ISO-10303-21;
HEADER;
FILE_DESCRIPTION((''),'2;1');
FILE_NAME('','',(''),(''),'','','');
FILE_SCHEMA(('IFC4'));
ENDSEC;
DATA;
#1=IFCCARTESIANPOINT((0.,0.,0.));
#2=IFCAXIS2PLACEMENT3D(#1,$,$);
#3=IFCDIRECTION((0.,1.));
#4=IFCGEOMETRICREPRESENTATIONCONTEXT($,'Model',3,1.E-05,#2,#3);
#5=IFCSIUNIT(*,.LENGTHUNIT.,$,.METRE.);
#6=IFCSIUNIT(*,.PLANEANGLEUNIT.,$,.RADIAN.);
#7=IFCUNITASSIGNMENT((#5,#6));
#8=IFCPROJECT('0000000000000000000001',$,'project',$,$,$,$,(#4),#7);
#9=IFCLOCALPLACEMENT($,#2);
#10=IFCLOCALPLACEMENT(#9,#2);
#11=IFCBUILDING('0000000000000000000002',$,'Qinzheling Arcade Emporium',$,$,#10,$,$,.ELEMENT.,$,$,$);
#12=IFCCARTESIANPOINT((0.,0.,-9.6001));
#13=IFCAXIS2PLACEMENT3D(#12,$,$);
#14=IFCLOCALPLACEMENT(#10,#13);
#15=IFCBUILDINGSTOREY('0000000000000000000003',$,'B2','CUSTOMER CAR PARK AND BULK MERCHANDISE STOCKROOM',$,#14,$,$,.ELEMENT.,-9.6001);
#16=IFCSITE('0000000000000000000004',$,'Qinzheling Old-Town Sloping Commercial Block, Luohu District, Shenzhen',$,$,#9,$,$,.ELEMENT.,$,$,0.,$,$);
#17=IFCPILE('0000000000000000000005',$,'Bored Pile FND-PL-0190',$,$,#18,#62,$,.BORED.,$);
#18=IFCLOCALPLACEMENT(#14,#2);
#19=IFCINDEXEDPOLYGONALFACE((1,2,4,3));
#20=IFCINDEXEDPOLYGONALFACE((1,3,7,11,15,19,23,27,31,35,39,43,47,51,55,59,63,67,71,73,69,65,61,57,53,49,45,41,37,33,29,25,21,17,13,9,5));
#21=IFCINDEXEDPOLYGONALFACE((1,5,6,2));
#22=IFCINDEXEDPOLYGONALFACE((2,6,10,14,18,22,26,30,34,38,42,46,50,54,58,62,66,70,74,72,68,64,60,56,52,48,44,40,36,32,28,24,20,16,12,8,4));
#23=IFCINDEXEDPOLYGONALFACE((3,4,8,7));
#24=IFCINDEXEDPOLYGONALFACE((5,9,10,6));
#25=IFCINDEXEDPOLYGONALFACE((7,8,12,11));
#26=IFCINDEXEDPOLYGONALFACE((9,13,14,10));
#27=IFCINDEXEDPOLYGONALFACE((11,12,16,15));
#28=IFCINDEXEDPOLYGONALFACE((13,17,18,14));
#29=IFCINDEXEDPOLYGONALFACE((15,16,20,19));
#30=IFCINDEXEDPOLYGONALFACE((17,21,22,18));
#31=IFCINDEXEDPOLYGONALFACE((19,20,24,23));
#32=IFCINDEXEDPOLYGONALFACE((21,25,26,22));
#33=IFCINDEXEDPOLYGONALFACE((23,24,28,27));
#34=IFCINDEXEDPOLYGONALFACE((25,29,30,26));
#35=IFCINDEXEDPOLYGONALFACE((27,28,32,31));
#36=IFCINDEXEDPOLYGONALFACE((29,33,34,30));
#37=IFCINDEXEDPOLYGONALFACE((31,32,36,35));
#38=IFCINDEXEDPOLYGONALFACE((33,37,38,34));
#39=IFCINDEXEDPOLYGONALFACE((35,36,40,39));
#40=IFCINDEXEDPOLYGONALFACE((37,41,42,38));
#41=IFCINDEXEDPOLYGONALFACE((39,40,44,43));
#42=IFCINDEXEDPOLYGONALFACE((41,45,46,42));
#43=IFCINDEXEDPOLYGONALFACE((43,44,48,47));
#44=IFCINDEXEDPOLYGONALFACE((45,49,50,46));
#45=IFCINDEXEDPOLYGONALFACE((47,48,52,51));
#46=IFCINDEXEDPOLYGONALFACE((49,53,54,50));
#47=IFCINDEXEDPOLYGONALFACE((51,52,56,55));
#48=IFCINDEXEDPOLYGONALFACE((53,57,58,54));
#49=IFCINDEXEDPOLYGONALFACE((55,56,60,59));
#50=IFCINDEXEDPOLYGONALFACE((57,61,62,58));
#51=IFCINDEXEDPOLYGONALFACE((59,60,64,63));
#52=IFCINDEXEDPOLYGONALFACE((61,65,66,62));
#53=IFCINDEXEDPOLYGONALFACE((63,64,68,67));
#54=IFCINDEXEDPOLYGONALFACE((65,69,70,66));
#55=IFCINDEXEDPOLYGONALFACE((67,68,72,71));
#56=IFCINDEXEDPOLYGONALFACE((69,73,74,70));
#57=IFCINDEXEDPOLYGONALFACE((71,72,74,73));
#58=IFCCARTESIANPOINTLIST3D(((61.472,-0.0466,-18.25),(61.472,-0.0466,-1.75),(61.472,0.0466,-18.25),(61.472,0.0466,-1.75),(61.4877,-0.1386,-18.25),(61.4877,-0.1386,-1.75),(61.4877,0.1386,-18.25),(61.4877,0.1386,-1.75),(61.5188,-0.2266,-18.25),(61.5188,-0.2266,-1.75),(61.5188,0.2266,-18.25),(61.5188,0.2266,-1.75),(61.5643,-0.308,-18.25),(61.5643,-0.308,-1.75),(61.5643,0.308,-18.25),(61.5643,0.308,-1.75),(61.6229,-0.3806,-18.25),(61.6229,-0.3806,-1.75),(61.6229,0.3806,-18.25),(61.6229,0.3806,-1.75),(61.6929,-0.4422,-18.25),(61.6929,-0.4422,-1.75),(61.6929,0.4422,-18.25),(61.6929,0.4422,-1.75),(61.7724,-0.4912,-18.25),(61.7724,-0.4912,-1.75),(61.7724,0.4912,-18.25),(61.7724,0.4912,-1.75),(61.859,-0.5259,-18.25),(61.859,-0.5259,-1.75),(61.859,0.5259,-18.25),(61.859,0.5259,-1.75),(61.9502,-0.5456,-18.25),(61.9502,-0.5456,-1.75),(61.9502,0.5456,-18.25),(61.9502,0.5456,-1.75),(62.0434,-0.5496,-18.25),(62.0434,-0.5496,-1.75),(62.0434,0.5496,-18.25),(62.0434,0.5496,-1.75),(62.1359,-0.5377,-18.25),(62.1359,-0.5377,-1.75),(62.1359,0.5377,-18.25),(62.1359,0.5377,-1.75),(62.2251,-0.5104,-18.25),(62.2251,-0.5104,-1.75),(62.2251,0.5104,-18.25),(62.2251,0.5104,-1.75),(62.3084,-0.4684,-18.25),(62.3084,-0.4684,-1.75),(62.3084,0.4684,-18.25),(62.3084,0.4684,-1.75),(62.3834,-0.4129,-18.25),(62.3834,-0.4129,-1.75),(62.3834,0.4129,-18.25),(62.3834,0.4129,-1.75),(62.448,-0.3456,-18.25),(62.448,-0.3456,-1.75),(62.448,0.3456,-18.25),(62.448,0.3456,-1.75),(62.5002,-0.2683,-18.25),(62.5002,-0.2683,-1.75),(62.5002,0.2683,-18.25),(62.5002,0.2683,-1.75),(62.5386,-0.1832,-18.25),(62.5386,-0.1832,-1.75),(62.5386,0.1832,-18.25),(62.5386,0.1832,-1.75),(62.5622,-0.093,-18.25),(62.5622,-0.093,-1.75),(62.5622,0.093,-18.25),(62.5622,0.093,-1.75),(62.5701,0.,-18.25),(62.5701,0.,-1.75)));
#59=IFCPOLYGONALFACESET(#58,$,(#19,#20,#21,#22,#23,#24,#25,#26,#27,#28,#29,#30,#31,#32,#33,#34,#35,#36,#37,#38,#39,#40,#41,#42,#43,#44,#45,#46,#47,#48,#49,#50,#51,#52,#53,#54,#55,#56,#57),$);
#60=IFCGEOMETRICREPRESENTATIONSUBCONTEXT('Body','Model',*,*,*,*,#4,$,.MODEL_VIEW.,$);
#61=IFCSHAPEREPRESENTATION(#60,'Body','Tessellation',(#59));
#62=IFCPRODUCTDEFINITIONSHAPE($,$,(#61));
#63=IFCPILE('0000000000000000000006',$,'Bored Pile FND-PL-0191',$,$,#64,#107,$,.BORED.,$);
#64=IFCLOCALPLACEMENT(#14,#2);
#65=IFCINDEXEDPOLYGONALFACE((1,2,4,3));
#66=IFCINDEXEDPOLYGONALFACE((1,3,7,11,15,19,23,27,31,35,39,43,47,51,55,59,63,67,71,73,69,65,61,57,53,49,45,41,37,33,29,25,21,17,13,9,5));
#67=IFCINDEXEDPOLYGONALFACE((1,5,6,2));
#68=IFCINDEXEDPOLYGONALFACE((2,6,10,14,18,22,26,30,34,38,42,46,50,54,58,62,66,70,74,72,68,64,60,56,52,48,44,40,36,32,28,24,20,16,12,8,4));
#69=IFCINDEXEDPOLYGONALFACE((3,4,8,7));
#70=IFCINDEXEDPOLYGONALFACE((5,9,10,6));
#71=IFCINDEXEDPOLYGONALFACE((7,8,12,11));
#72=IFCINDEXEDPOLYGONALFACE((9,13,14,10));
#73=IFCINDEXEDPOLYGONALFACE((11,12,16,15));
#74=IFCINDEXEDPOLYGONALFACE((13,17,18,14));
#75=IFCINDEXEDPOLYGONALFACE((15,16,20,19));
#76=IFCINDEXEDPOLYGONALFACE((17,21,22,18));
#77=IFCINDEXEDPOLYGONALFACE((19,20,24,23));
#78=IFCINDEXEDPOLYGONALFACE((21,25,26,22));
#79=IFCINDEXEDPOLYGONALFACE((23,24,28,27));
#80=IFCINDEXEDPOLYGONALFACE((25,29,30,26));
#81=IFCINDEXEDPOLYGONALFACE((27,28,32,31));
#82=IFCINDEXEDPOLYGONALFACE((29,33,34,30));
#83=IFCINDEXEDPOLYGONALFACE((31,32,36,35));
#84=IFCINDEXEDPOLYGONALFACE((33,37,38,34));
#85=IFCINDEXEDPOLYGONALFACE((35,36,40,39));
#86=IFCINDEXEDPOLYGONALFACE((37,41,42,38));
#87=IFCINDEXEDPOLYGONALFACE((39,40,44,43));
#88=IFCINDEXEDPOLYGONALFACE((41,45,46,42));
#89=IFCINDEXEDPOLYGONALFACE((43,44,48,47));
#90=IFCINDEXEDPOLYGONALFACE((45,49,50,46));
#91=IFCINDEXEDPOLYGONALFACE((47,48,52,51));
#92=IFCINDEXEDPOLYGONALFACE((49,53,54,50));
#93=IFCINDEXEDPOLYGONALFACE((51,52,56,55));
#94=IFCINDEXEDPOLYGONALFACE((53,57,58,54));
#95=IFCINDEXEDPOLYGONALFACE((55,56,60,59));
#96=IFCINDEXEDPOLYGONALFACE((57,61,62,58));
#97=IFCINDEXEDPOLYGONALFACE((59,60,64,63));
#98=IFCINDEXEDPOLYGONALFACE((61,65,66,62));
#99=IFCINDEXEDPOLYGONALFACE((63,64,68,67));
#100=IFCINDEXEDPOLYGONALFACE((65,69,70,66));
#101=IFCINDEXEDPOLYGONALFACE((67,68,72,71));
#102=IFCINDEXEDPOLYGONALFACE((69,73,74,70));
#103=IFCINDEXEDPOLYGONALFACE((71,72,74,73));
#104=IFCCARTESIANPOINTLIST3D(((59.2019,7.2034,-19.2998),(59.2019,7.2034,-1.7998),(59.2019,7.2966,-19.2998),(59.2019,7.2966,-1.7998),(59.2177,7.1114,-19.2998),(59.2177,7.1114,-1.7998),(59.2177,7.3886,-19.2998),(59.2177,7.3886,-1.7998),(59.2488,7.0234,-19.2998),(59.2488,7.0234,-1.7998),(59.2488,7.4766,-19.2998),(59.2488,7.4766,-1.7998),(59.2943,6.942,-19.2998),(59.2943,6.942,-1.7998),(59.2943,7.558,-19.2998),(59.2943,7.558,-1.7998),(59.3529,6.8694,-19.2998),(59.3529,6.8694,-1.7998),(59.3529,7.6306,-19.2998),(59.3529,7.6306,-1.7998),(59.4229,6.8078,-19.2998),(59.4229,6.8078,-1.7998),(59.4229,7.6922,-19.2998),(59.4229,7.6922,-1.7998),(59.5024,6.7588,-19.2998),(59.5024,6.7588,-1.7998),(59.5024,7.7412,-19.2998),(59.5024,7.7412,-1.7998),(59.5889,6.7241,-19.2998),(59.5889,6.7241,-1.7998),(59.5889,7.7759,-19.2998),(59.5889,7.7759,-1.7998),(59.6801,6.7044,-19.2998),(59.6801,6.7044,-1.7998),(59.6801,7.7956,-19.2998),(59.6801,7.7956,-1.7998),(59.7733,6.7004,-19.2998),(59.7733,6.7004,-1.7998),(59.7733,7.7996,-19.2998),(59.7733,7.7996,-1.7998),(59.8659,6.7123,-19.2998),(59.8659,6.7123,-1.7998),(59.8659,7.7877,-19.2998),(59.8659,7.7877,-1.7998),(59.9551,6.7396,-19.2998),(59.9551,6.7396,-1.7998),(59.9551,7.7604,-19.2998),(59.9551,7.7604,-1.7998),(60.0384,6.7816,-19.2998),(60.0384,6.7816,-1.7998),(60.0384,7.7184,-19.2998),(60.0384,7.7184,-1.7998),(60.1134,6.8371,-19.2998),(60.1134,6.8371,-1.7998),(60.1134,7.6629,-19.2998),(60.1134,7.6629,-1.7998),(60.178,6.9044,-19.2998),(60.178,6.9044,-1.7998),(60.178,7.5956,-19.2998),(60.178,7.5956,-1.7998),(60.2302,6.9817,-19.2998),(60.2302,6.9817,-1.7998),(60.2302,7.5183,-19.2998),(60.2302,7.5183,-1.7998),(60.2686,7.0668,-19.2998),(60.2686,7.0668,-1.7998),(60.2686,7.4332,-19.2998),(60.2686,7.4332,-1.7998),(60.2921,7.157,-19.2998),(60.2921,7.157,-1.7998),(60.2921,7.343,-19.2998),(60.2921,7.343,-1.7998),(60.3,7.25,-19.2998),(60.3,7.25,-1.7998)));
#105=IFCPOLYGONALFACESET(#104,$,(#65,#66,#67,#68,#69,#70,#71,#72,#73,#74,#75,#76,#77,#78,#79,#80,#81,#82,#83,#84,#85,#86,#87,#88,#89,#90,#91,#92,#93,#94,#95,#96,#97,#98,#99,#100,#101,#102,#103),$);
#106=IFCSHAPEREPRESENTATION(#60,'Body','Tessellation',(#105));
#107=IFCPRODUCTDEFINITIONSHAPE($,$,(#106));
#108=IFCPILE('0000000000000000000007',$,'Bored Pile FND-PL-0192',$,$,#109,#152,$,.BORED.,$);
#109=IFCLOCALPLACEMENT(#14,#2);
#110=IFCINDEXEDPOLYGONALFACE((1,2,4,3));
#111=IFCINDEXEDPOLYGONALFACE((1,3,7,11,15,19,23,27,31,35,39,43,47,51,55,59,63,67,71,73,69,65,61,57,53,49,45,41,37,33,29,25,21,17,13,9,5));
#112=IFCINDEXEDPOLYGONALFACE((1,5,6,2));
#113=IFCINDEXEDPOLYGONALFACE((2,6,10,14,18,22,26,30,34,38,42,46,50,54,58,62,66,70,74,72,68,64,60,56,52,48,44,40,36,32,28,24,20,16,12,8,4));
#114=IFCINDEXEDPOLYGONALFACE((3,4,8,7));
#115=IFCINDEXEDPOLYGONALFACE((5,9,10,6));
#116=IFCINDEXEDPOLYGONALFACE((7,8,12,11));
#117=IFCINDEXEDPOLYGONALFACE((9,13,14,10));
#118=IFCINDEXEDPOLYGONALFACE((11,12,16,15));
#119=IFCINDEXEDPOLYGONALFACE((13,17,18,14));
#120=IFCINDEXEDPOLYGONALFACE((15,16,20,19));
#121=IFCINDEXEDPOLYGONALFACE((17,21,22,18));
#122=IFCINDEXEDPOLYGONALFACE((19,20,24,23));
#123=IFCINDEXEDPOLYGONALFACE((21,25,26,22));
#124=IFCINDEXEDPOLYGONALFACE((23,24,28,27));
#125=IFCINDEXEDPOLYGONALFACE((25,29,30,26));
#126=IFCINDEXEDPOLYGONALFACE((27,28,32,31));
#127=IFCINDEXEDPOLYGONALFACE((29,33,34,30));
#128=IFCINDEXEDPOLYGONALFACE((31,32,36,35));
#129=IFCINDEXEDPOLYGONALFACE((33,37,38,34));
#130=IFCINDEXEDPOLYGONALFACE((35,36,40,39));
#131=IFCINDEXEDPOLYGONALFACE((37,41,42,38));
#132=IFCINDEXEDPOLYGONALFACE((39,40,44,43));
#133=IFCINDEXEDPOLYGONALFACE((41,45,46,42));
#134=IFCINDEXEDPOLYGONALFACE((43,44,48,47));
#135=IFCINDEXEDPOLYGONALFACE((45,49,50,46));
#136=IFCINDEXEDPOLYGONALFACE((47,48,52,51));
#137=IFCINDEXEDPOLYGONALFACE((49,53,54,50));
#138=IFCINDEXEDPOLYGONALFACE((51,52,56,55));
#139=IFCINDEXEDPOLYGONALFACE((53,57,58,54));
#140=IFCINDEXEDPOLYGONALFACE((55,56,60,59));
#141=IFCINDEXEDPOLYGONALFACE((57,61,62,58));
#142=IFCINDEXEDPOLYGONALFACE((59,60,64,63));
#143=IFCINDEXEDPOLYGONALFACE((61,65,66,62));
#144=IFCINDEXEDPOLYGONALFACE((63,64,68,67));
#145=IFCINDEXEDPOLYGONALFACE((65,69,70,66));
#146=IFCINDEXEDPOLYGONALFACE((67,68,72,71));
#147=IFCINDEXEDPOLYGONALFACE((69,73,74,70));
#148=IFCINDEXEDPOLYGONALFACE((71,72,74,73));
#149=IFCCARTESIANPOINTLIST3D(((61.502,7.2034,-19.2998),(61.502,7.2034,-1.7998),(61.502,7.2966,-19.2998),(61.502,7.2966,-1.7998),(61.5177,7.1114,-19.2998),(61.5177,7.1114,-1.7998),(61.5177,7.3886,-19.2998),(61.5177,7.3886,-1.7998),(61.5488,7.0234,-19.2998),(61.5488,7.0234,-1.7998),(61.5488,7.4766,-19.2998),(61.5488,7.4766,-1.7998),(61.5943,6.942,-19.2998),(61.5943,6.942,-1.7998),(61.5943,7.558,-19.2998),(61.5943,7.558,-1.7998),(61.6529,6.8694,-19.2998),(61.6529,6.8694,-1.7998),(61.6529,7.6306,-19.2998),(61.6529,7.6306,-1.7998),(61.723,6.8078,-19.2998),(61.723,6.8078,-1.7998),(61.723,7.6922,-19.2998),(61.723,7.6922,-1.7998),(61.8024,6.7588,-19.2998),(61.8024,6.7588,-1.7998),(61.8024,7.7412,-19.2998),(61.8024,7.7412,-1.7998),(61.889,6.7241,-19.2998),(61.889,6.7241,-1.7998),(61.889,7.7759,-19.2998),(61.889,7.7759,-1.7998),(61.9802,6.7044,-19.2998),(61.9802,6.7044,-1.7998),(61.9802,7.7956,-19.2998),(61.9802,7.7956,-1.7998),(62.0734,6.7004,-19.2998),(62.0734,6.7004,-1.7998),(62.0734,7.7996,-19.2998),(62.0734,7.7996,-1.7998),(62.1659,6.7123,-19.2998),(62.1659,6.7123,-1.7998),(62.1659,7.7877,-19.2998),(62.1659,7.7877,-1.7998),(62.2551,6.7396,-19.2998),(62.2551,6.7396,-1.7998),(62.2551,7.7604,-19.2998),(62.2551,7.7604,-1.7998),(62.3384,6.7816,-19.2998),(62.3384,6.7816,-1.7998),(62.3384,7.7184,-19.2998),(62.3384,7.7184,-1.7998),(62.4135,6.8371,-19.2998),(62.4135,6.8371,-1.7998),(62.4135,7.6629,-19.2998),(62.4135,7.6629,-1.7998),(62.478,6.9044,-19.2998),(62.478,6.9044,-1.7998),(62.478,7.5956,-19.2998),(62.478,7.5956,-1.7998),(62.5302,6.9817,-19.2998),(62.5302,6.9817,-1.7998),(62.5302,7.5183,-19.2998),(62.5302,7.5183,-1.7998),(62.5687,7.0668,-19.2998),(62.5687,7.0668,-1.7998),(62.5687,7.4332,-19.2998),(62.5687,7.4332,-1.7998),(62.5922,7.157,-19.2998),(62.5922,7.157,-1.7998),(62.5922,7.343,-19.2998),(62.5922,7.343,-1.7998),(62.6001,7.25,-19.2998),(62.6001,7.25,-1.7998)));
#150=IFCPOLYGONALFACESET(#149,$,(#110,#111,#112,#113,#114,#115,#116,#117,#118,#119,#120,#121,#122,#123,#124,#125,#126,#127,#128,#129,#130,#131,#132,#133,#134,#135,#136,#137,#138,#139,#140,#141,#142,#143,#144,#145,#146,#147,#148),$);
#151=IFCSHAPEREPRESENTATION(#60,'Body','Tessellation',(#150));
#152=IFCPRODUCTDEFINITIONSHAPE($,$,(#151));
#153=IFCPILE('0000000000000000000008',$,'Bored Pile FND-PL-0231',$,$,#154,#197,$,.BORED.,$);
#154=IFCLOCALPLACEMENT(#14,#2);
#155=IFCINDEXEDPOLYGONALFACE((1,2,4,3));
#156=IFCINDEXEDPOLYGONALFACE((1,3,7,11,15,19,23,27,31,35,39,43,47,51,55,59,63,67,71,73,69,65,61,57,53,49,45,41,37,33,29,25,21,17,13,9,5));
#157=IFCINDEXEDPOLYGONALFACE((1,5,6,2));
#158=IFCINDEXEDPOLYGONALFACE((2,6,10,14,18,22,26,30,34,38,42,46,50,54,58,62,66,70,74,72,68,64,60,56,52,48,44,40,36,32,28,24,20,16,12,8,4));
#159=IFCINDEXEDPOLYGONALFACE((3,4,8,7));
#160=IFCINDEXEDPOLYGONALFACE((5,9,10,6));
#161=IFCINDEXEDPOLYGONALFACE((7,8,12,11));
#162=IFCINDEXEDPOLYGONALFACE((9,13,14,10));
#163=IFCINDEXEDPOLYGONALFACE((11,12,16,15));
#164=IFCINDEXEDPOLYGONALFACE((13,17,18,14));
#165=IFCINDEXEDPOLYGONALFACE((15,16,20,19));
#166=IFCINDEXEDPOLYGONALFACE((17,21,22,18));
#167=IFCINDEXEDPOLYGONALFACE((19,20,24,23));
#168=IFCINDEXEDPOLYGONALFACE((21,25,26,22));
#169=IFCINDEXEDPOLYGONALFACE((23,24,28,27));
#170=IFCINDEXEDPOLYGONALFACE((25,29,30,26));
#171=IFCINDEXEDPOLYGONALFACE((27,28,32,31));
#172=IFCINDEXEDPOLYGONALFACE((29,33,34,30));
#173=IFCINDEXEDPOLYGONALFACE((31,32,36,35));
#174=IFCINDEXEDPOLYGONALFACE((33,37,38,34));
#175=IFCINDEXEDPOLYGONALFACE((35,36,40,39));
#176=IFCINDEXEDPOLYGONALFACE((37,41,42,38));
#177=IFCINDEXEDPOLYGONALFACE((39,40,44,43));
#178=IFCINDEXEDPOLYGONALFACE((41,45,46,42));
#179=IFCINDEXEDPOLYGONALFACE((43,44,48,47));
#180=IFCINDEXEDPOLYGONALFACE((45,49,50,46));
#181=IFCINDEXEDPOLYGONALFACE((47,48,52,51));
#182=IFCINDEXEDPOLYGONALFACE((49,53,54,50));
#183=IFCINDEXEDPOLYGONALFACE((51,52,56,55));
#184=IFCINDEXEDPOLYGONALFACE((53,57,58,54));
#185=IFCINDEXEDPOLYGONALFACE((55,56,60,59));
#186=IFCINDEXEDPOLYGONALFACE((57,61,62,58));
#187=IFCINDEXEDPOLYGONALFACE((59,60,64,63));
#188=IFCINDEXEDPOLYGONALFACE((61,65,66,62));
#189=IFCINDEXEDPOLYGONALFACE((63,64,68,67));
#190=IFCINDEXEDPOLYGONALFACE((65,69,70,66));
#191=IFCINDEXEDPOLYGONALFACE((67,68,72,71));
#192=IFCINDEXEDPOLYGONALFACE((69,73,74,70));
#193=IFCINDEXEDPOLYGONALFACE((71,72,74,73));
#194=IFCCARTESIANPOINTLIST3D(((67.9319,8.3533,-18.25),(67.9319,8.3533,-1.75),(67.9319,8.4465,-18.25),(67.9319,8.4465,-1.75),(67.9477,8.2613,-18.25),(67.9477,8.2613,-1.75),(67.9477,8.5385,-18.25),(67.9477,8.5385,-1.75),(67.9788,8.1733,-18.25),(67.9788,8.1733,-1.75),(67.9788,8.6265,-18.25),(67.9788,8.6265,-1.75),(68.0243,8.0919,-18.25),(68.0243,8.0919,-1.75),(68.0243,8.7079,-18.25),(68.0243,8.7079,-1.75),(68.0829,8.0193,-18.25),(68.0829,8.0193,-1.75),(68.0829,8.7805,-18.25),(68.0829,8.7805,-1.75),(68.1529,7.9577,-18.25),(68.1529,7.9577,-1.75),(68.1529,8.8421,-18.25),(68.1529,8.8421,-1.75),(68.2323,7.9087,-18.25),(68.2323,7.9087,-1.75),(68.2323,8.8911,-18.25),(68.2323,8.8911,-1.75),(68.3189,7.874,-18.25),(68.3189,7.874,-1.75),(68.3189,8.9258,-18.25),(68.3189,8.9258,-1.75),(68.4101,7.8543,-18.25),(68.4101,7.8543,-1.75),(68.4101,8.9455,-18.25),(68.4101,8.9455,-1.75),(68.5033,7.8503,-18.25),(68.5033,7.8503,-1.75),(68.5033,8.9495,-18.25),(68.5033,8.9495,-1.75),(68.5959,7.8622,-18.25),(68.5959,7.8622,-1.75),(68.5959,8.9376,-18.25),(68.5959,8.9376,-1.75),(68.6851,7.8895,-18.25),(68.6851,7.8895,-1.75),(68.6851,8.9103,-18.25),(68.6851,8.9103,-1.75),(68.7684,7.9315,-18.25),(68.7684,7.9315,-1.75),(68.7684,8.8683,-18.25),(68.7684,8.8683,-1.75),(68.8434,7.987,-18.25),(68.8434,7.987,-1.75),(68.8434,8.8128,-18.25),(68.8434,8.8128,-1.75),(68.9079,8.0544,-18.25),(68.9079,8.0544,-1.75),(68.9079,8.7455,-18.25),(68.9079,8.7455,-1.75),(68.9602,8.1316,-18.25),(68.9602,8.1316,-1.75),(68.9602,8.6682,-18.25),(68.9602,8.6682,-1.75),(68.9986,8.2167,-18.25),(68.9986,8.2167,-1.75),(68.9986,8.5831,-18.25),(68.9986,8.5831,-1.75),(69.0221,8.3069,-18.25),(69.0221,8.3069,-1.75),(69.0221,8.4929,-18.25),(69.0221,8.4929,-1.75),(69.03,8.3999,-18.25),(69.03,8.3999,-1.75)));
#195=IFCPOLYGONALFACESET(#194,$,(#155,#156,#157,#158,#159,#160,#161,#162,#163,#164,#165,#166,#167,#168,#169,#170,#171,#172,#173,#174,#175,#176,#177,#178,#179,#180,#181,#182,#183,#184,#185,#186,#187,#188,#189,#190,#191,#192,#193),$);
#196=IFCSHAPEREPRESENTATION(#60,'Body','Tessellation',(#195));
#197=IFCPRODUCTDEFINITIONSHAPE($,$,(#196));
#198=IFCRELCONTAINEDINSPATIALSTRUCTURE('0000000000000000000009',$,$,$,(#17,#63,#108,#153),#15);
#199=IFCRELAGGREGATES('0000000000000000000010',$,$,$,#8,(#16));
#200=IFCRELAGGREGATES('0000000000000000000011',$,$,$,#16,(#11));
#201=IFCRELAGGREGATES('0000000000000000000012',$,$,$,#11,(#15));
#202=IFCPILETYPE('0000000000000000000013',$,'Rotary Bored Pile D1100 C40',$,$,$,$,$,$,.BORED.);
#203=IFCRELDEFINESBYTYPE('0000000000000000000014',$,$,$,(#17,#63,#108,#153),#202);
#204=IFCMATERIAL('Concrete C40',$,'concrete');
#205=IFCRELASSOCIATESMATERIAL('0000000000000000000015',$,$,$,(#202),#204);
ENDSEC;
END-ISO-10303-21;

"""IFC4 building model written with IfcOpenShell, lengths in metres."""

from ifc_helpers import new_model, si_unit, direction, frame, origin, origin_2d, place, context, subcontext, project, spatial, circle, extrude, material, material_profile, profile_set, type_object, element, save


model = new_model("IFC4")

# Units and contexts
model_context = context("Model", 3, precision=1e-05, world=origin(), true_north=direction((0.0, 1.0)))
body_context = subcontext(model_context, "Body", "Model", "MODEL_VIEW")
ifc_project = project(units=[si_unit("LENGTHUNIT", "METRE"), si_unit("PLANEANGLEUNIT", "RADIAN")], contexts=[model_context])

# Site, building, storey
site_placement = place(None, origin())
site = spatial("IfcSite", under=ifc_project, at=site_placement, Name="Qinzheling Old-Town Sloping Commercial Block, Luohu District, Shenzhen", CompositionType="ELEMENT", RefElevation=0.0)
building_placement = place(site_placement, origin())
building = spatial("IfcBuilding", under=site, at=building_placement, Name="Qinzheling Arcade Emporium", CompositionType="ELEMENT")
storey_placement = place(building_placement, frame((0.0, 0.0, -9.6001)))
storey = spatial("IfcBuildingStorey", under=building, at=storey_placement, Name="B2", Description="CUSTOMER CAR PARK AND BULK MERCHANDISE STOCKROOM", CompositionType="ELEMENT", Elevation=-9.6001)

# Shared definitions
ifc_material_1 = material(Name="Concrete C40", Category="concrete")

# Piles
ifc_material_profile_1 = material_profile(ifc_material_1, circle(Radius=0.55, at=origin_2d()), Name="BORED D1100", Category="concrete")
ifc_profile_set_1 = profile_set([ifc_material_profile_1], Name="Concrete C40")
pile_type = type_object("IfcPileType", Name="Rotary Bored Pile D1100 C40", PredefinedType="BORED", material=ifc_profile_set_1)
for number, where, z_axis, x_axis, name in (
    (1, (62.02, 0.0, -1.75), (0.0, 0.0, -1.0), (1.0, 0.0, 0.0), "Bored Pile FND-PL-0190"),
):
    element("IfcPile", number, at=place(storey_placement, frame(where, z_axis=z_axis, x_axis=x_axis)), inside=storey, type_object=pile_type, Name=name, PredefinedType="BORED", context=body_context, shape_type="SweptSolid", body=[
        extrude(circle(Radius=0.55, at=origin_2d()), origin(), (0.0, 0.0, 1.0), 16.5),
    ])
for number, where, z_axis, x_axis, name in (
    (2, (59.75, 7.25, -1.7998), (0.0, 0.0, -1.0), (1.0, 0.0, 0.0), "Bored Pile FND-PL-0191"),
    (3, (62.05, 7.25, -1.7998), (0.0, 0.0, -1.0), (1.0, 0.0, 0.0), "Bored Pile FND-PL-0192"),
):
    element("IfcPile", number, at=place(storey_placement, frame(where, z_axis=z_axis, x_axis=x_axis)), inside=storey, type_object=pile_type, Name=name, PredefinedType="BORED", context=body_context, shape_type="SweptSolid", body=[
        extrude(circle(Radius=0.55, at=origin_2d()), origin(), (0.0, 0.0, 1.0), 17.5),
    ])
pile_placement = place(storey_placement, frame((68.48, 8.3999, -1.75), z_axis=(0.0, 0.0, -1.0), x_axis=(1.0, 0.0, 0.0)))
element("IfcPile", 4, at=pile_placement, inside=storey, type_object=pile_type, Name="Bored Pile FND-PL-0231", PredefinedType="BORED", context=body_context, shape_type="SweptSolid", body=[
    extrude(circle(Radius=0.55, at=origin_2d()), origin(), (0.0, 0.0, 1.0), 16.5),
])

save(model, "model.ifc")
